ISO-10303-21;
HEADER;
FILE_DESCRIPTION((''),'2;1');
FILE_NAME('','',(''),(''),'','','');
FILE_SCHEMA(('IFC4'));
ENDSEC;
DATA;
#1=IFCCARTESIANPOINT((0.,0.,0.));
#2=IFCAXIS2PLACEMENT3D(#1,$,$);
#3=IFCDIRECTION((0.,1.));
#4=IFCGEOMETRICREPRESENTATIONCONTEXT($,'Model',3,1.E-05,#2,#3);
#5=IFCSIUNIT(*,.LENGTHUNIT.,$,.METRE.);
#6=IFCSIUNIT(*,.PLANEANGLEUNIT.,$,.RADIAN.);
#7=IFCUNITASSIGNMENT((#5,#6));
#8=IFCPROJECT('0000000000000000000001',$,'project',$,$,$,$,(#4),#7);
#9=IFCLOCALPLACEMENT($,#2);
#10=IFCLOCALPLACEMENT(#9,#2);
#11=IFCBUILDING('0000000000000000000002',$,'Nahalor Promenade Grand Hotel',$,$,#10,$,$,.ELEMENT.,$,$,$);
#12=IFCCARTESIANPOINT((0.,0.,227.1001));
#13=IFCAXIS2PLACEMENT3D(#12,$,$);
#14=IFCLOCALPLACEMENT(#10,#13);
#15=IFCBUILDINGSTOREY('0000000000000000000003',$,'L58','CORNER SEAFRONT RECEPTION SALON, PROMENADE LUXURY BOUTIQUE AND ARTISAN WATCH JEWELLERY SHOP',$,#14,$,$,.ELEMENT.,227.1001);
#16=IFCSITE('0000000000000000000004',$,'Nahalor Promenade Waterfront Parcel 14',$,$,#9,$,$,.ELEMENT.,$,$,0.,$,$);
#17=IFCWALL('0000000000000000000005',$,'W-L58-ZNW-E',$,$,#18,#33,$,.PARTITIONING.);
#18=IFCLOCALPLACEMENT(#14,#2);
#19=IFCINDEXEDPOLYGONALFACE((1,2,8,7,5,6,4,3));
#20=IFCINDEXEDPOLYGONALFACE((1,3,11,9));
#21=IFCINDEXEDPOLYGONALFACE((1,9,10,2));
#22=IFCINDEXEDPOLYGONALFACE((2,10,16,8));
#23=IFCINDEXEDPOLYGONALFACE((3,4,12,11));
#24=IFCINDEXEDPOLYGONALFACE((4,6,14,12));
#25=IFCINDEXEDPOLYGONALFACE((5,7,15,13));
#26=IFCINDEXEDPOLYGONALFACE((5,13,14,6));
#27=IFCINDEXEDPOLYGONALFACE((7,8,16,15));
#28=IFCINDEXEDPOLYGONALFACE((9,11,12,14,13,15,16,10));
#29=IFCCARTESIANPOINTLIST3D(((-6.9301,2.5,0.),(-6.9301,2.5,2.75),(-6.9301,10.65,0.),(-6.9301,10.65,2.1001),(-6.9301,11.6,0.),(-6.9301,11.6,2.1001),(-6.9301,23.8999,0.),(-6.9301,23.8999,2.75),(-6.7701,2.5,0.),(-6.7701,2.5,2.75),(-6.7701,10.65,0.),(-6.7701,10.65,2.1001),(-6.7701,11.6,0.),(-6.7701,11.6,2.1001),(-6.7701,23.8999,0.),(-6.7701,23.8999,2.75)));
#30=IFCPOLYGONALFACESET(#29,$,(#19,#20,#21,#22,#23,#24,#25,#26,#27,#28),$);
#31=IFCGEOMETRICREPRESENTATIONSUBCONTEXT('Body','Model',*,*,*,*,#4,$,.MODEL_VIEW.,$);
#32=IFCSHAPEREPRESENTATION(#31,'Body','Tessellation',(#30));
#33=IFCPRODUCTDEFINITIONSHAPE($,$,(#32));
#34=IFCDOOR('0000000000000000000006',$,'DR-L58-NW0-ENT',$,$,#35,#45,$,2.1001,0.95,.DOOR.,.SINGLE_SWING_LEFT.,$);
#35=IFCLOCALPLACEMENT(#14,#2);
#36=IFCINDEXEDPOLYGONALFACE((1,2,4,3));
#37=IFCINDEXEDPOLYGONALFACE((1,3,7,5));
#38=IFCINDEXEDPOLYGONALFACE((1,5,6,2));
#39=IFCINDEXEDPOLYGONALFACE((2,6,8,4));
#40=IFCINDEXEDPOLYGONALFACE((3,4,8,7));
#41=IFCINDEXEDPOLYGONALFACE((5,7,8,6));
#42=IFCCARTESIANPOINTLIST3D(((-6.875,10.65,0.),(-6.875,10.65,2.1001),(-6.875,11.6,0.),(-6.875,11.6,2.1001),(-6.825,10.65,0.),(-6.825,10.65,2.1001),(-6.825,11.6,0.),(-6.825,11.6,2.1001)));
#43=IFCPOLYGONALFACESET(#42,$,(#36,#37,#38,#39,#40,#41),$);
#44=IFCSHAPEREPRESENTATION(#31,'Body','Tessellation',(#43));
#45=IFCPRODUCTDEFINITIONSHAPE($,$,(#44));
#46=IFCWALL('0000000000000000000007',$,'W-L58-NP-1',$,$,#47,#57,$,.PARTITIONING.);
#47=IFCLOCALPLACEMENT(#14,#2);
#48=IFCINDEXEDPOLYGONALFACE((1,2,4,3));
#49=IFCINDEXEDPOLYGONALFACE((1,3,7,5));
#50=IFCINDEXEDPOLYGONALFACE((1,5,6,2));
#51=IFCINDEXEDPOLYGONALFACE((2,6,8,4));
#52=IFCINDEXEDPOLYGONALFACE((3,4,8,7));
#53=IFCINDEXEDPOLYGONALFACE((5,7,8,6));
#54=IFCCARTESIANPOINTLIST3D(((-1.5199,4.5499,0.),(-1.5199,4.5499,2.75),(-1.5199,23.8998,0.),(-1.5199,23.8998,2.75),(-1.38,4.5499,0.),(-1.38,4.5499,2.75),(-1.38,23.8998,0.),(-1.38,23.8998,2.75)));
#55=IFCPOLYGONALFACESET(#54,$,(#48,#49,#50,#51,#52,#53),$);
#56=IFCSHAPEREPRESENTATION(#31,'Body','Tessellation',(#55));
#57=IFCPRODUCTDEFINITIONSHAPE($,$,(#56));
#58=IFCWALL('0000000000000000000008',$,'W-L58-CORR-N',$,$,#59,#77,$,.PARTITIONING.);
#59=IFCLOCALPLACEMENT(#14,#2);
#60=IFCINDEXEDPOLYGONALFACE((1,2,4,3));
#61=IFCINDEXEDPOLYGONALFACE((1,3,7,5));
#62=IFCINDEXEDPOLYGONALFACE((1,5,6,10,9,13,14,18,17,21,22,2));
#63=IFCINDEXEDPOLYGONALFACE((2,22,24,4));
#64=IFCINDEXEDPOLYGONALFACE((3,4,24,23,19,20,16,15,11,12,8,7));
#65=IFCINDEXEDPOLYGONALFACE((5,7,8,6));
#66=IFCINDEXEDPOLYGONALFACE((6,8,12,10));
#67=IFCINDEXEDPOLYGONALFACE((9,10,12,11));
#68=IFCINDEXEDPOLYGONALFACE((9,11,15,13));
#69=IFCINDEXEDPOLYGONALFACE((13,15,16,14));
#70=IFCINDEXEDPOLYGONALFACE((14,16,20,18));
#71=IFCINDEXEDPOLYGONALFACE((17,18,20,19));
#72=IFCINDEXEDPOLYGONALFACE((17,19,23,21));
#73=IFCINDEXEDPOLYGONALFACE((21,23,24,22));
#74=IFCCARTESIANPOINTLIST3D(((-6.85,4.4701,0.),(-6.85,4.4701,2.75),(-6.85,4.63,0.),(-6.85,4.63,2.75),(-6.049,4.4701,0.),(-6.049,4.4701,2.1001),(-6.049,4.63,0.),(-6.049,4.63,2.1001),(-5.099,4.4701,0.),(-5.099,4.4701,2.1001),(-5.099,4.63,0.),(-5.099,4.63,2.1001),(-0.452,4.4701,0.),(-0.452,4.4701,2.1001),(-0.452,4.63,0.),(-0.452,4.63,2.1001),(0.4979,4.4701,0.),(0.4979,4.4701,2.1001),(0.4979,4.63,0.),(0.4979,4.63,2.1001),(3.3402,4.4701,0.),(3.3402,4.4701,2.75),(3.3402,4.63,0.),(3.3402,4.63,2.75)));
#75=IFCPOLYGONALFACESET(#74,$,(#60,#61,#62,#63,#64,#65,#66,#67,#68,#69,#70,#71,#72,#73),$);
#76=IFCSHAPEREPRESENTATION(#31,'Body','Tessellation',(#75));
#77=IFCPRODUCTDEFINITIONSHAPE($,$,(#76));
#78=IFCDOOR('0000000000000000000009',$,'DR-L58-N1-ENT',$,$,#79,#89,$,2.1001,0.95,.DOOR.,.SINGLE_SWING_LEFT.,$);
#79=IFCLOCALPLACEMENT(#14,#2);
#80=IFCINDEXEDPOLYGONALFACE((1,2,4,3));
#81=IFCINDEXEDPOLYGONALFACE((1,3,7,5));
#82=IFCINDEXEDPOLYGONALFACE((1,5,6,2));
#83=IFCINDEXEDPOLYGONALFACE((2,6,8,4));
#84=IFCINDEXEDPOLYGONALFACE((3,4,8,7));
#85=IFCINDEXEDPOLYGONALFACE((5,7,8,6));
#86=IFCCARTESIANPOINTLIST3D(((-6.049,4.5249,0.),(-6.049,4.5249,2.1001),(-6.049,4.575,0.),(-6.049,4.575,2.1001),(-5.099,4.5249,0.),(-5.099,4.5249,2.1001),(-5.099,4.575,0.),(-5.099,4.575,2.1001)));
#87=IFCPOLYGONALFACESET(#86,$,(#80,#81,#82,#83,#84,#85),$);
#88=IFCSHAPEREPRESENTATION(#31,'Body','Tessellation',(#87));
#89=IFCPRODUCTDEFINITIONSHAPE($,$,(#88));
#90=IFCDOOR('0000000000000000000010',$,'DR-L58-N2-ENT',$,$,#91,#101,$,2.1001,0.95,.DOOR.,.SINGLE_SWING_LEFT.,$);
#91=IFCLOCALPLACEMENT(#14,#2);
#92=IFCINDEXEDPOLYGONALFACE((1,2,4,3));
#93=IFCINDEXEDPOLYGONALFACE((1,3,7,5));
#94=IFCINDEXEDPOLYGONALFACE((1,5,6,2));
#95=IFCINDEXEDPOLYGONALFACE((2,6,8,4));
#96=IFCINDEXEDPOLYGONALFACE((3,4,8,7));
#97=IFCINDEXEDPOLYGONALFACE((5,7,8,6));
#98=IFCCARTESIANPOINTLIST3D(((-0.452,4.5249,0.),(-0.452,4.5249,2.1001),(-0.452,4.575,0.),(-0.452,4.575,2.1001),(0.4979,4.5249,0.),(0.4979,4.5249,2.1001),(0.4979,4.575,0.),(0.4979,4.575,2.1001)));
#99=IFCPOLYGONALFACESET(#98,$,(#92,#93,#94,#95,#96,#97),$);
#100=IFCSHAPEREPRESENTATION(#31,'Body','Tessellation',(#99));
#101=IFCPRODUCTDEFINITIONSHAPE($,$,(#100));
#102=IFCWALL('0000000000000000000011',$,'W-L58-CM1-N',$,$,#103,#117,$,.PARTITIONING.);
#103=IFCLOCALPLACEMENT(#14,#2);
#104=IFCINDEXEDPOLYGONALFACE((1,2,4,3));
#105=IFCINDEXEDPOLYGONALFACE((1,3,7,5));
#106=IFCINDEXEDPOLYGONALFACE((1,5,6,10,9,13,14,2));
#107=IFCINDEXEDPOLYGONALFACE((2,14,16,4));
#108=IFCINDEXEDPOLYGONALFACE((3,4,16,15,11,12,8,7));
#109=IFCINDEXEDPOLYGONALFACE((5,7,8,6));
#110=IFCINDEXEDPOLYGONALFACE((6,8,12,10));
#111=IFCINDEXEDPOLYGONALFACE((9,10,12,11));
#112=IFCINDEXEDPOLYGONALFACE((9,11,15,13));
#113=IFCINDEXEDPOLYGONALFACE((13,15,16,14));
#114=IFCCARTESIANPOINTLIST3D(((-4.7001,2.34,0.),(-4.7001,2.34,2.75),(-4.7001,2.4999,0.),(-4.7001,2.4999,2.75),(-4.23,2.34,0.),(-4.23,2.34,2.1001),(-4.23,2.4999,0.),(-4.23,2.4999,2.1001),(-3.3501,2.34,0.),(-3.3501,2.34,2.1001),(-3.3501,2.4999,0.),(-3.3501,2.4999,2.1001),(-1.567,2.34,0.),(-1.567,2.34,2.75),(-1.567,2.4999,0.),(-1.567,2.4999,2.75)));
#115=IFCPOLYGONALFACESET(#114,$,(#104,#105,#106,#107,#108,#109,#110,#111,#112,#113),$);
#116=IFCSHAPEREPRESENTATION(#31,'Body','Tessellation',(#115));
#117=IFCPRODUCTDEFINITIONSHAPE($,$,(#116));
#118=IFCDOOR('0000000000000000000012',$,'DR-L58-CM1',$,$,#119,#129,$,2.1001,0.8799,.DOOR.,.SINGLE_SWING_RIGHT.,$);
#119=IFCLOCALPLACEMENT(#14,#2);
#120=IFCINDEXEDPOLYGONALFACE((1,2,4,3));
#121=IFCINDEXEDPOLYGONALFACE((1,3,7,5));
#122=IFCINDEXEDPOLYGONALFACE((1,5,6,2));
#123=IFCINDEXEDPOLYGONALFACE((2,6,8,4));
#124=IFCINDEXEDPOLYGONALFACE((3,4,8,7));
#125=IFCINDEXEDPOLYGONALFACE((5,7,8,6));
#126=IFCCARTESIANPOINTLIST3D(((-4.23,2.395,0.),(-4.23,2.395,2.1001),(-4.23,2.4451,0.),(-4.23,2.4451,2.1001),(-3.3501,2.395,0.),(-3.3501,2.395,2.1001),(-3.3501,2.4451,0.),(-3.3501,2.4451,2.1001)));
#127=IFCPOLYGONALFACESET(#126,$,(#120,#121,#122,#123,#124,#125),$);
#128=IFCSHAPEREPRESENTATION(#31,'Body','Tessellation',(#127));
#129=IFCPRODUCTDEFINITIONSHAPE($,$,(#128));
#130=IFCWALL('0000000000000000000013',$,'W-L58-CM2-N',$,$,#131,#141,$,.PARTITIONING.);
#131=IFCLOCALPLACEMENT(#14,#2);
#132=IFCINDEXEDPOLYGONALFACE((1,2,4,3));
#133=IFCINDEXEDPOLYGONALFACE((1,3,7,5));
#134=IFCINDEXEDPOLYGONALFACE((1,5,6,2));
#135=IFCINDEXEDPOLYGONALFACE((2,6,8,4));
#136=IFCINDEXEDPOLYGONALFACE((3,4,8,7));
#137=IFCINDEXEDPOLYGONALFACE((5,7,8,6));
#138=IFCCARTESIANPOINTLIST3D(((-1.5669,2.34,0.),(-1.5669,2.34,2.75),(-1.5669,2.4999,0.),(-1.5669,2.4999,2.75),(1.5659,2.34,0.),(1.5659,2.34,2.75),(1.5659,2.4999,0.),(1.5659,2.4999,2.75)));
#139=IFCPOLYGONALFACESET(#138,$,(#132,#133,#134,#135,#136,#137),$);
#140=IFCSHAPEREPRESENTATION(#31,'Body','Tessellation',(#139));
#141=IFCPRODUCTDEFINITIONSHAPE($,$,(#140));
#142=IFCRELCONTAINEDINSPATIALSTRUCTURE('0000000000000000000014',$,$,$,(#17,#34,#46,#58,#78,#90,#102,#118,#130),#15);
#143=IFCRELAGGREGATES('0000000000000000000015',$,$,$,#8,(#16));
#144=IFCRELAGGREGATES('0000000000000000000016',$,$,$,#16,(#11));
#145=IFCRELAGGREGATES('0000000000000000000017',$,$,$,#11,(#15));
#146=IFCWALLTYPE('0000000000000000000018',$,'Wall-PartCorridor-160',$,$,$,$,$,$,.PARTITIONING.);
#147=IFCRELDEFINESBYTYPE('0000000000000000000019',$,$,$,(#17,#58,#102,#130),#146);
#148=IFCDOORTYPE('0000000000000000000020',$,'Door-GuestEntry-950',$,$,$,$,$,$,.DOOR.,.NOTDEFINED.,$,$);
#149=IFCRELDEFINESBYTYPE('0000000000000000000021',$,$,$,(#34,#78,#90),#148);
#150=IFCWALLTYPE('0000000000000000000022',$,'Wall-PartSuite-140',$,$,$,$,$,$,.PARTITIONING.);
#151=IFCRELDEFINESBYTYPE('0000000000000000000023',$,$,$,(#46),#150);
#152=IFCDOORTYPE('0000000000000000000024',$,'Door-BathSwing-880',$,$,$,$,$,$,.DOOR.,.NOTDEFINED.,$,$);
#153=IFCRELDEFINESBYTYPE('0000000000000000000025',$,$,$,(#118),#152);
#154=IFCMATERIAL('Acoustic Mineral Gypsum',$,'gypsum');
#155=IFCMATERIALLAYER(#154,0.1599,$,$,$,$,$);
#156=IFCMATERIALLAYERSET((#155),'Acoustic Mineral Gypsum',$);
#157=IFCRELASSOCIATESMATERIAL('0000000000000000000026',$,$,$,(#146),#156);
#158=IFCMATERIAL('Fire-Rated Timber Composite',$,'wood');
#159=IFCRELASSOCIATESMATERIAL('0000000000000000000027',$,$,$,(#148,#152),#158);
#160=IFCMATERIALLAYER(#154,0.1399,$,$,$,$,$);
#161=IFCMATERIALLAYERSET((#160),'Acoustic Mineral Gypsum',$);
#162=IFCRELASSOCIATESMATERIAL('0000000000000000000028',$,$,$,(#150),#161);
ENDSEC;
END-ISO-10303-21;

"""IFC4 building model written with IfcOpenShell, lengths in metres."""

from ifc_helpers import new_model, si_unit, direction, frame, frame_2d, origin, place, context, subcontext, project, spatial, rectangle, extrude, source, transform, mapped, material, layer, layer_set, type_object, element, fill, save


model = new_model("IFC4")

# Units and contexts
model_context = context("Model", 3, precision=1e-05, world=origin(), true_north=direction((0.0, 1.0)))
body_context = subcontext(model_context, "Body", "Model", "MODEL_VIEW")
ifc_project = project(units=[si_unit("LENGTHUNIT", "METRE"), si_unit("PLANEANGLEUNIT", "RADIAN")], contexts=[model_context])

# Site, building, storey
site_placement = place(None, origin())
site = spatial("IfcSite", under=ifc_project, at=site_placement, Name="Nahalor Promenade Waterfront Parcel 14", CompositionType="ELEMENT", RefElevation=0.0)
building_placement = place(site_placement, origin())
building = spatial("IfcBuilding", under=site, at=building_placement, Name="Nahalor Promenade Grand Hotel", CompositionType="ELEMENT")
storey_placement = place(building_placement, frame((0.0, 0.0, 227.1001)))
storey = spatial("IfcBuildingStorey", under=building, at=storey_placement, Name="L58", Description="CORNER SEAFRONT RECEPTION SALON, PROMENADE LUXURY BOUTIQUE AND ARTISAN WATCH JEWELLERY SHOP", CompositionType="ELEMENT", Elevation=227.1001)

# Wall, opening, door
ifc_material_1 = material(Name="Acoustic Mineral Gypsum", Category="gypsum")
ifc_layer_1 = layer(ifc_material_1, 0.1599)
ifc_layer_set_1 = layer_set([ifc_layer_1], Name="Acoustic Mineral Gypsum")
wall_type_1 = type_object("IfcWallType", Name="Wall-PartCorridor-160", PredefinedType="PARTITIONING", material=ifc_layer_set_1)
shared_shape_1 = source(origin(), body_context, "Body", "SweptSolid", [
    extrude(rectangle(XDim=21.3999, YDim=0.1599, at=frame_2d((10.7, 0.0))), origin(), (0.0, 0.0, 1.0), 2.75),
])
wall_1_placement = place(storey_placement, frame((-6.8501, 2.5, 0.0), z_axis=(0.0, 0.0, 1.0), x_axis=(0.0, 1.0, 0.0)))
wall_1 = element("IfcWall", 1, at=wall_1_placement, inside=storey, type_object=wall_type_1, Name="W-L58-ZNW-E", PredefinedType="PARTITIONING", context=body_context, shape_type="MappedRepresentation", body=[
    mapped(shared_shape_1, transform((0.0, 0.0, 0.0), scale=1.0)),
])
opening_1_placement = place(wall_1_placement, frame((8.1499, 0.0, 0.0)))
opening_1 = element("IfcOpeningElement", 2, at=opening_1_placement, cuts=wall_1, PredefinedType="OPENING", context=body_context, shape_type="SweptSolid", body=[
    extrude(rectangle(XDim=0.95, YDim=2.1001, at=frame_2d((0.4751, 1.05))), frame((0.0, 0.0898, 0.0), z_axis=(0.0, -1.0, 0.0), x_axis=(1.0, 0.0, 0.0)), (0.0, 0.0, 1.0), 0.1799),
])
ifc_material_2 = material(Name="Fire-Rated Timber Composite", Category="wood")
door_type_1 = type_object("IfcDoorType", Name="Door-GuestEntry-950", OperationType="NOTDEFINED", PredefinedType="DOOR", material=ifc_material_2)
shared_shape_2 = source(origin(), body_context, "Body", "SweptSolid", [
    extrude(rectangle(XDim=0.95, YDim=2.1001, at=frame_2d((0.4751, 1.05))), frame((0.0, 0.0249, 0.0), z_axis=(0.0, -1.0, 0.0), x_axis=(1.0, 0.0, 0.0)), (0.0, 0.0, 1.0), 0.05),
])
door_1_placement = place(opening_1_placement, origin())
door_1 = element("IfcDoor", 3, at=door_1_placement, inside=storey, type_object=door_type_1, Name="DR-L58-NW0-ENT", OperationType="SINGLE_SWING_LEFT", OverallHeight=2.1001, OverallWidth=0.95, PredefinedType="DOOR", context=body_context, shape_type="MappedRepresentation", body=[
    mapped(shared_shape_2, transform((0.0, 0.0, 0.0), scale=1.0)),
])
fill(opening_1, door_1)

# Wall
ifc_layer_2 = layer(ifc_material_1, 0.1399)
ifc_layer_set_2 = layer_set([ifc_layer_2], Name="Acoustic Mineral Gypsum")
wall_type_2 = type_object("IfcWallType", Name="Wall-PartSuite-140", PredefinedType="PARTITIONING", material=ifc_layer_set_2)
shared_shape_3 = source(origin(), body_context, "Body", "SweptSolid", [
    extrude(rectangle(XDim=19.3499, YDim=0.1399, at=frame_2d((9.6748, 0.0))), origin(), (0.0, 0.0, 1.0), 2.75),
])
wall_2_placement = place(storey_placement, frame((-1.45, 4.55, 0.0), z_axis=(0.0, 0.0, 1.0), x_axis=(0.0, 1.0, 0.0)))
element("IfcWall", 4, at=wall_2_placement, inside=storey, type_object=wall_type_2, Name="W-L58-NP-1", PredefinedType="PARTITIONING", context=body_context, shape_type="MappedRepresentation", body=[
    mapped(shared_shape_3, transform((0.0, 0.0, 0.0), scale=1.0)),
])

# Wall, openings, doors
shared_shape_4 = source(origin(), body_context, "Body", "SweptSolid", [
    extrude(rectangle(XDim=10.1902, YDim=0.1599, at=frame_2d((5.0952, 0.0))), origin(), (0.0, 0.0, 1.0), 2.75),
])
wall_3_placement = place(storey_placement, frame((-6.8501, 4.55, 0.0), z_axis=(0.0, 0.0, 1.0), x_axis=(1.0, 0.0, 0.0)))
wall_3 = element("IfcWall", 5, at=wall_3_placement, inside=storey, type_object=wall_type_1, Name="W-L58-CORR-N", PredefinedType="PARTITIONING", context=body_context, shape_type="MappedRepresentation", body=[
    mapped(shared_shape_4, transform((0.0, 0.0, 0.0), scale=1.0)),
])
opening_2_placement = place(wall_3_placement, frame((0.801, 0.0, 0.0)))
opening_2 = element("IfcOpeningElement", 6, at=opening_2_placement, cuts=wall_3, PredefinedType="OPENING", context=body_context, shape_type="SweptSolid", body=[
    extrude(rectangle(XDim=0.95, YDim=2.1001, at=frame_2d((0.4751, 1.05))), frame((0.0, 0.0898, 0.0), z_axis=(0.0, -1.0, 0.0), x_axis=(1.0, 0.0, 0.0)), (0.0, 0.0, 1.0), 0.1799),
])
opening_3_placement = place(wall_3_placement, frame((6.3979, 0.0, 0.0)))
opening_3 = element("IfcOpeningElement", 7, at=opening_3_placement, cuts=wall_3, PredefinedType="OPENING", context=body_context, shape_type="SweptSolid", body=[
    extrude(rectangle(XDim=0.95, YDim=2.1001, at=frame_2d((0.4751, 1.05))), frame((0.0, 0.0898, 0.0), z_axis=(0.0, -1.0, 0.0), x_axis=(1.0, 0.0, 0.0)), (0.0, 0.0, 1.0), 0.1799),
])
door_2_placement = place(opening_2_placement, origin())
door_2 = element("IfcDoor", 8, at=door_2_placement, inside=storey, type_object=door_type_1, Name="DR-L58-N1-ENT", OperationType="SINGLE_SWING_LEFT", OverallHeight=2.1001, OverallWidth=0.95, PredefinedType="DOOR", context=body_context, shape_type="MappedRepresentation", body=[
    mapped(shared_shape_2, transform((0.0, 0.0, 0.0), scale=1.0)),
])
fill(opening_2, door_2)
door_3_placement = place(opening_3_placement, origin())
door_3 = element("IfcDoor", 9, at=door_3_placement, inside=storey, type_object=door_type_1, Name="DR-L58-N2-ENT", OperationType="SINGLE_SWING_LEFT", OverallHeight=2.1001, OverallWidth=0.95, PredefinedType="DOOR", context=body_context, shape_type="MappedRepresentation", body=[
    mapped(shared_shape_2, transform((0.0, 0.0, 0.0), scale=1.0)),
])
fill(opening_3, door_3)

# Wall, opening, door
shared_shape_5 = source(origin(), body_context, "Body", "SweptSolid", [
    extrude(rectangle(XDim=3.1331, YDim=0.1599, at=frame_2d((1.5664, 0.0))), origin(), (0.0, 0.0, 1.0), 2.75),
])
wall_4_placement = place(storey_placement, frame((-4.7, 2.4199, 0.0), z_axis=(0.0, 0.0, 1.0), x_axis=(1.0, 0.0, 0.0)))
wall_4 = element("IfcWall", 10, at=wall_4_placement, inside=storey, type_object=wall_type_1, Name="W-L58-CM1-N", PredefinedType="PARTITIONING", context=body_context, shape_type="MappedRepresentation", body=[
    mapped(shared_shape_5, transform((0.0, 0.0, 0.0), scale=1.0)),
])
opening_4_placement = place(wall_4_placement, frame((0.47, 0.0, 0.0)))
opening_4 = element("IfcOpeningElement", 11, at=opening_4_placement, cuts=wall_4, PredefinedType="OPENING", context=body_context, shape_type="SweptSolid", body=[
    extrude(rectangle(XDim=0.8799, YDim=2.1001, at=frame_2d((0.4399, 1.05))), frame((0.0, 0.0898, 0.0), z_axis=(0.0, -1.0, 0.0), x_axis=(1.0, 0.0, 0.0)), (0.0, 0.0, 1.0), 0.1799),
])
door_type_2 = type_object("IfcDoorType", Name="Door-BathSwing-880", OperationType="NOTDEFINED", PredefinedType="DOOR", material=ifc_material_2)
shared_shape_6 = source(origin(), body_context, "Body", "SweptSolid", [
    extrude(rectangle(XDim=0.8799, YDim=2.1001, at=frame_2d((0.4399, 1.05))), frame((0.0, 0.0249, 0.0), z_axis=(0.0, -1.0, 0.0), x_axis=(1.0, 0.0, 0.0)), (0.0, 0.0, 1.0), 0.05),
])
door_4_placement = place(opening_4_placement, frame((0.8799, 0.0, 0.0), z_axis=(0.0, 0.0, 1.0), x_axis=(-1.0, 0.0, 0.0)))
door_4 = element("IfcDoor", 12, at=door_4_placement, inside=storey, type_object=door_type_2, Name="DR-L58-CM1", OperationType="SINGLE_SWING_RIGHT", OverallHeight=2.1001, OverallWidth=0.8799, PredefinedType="DOOR", context=body_context, shape_type="MappedRepresentation", body=[
    mapped(shared_shape_6, transform((0.0, 0.0, 0.0), scale=1.0)),
])
fill(opening_4, door_4)

# Wall
shared_shape_7 = source(origin(), body_context, "Body", "SweptSolid", [
    extrude(rectangle(XDim=3.1328, YDim=0.1599, at=frame_2d((1.5664, 0.0))), origin(), (0.0, 0.0, 1.0), 2.75),
])
wall_5_placement = place(storey_placement, frame((-1.5669, 2.4199, 0.0), z_axis=(0.0, 0.0, 1.0), x_axis=(1.0, 0.0, 0.0)))
element("IfcWall", 13, at=wall_5_placement, inside=storey, type_object=wall_type_1, Name="W-L58-CM2-N", PredefinedType="PARTITIONING", context=body_context, shape_type="MappedRepresentation", body=[
    mapped(shared_shape_7, transform((0.0, 0.0, 0.0), scale=1.0)),
])

save(model, "model.ifc")
